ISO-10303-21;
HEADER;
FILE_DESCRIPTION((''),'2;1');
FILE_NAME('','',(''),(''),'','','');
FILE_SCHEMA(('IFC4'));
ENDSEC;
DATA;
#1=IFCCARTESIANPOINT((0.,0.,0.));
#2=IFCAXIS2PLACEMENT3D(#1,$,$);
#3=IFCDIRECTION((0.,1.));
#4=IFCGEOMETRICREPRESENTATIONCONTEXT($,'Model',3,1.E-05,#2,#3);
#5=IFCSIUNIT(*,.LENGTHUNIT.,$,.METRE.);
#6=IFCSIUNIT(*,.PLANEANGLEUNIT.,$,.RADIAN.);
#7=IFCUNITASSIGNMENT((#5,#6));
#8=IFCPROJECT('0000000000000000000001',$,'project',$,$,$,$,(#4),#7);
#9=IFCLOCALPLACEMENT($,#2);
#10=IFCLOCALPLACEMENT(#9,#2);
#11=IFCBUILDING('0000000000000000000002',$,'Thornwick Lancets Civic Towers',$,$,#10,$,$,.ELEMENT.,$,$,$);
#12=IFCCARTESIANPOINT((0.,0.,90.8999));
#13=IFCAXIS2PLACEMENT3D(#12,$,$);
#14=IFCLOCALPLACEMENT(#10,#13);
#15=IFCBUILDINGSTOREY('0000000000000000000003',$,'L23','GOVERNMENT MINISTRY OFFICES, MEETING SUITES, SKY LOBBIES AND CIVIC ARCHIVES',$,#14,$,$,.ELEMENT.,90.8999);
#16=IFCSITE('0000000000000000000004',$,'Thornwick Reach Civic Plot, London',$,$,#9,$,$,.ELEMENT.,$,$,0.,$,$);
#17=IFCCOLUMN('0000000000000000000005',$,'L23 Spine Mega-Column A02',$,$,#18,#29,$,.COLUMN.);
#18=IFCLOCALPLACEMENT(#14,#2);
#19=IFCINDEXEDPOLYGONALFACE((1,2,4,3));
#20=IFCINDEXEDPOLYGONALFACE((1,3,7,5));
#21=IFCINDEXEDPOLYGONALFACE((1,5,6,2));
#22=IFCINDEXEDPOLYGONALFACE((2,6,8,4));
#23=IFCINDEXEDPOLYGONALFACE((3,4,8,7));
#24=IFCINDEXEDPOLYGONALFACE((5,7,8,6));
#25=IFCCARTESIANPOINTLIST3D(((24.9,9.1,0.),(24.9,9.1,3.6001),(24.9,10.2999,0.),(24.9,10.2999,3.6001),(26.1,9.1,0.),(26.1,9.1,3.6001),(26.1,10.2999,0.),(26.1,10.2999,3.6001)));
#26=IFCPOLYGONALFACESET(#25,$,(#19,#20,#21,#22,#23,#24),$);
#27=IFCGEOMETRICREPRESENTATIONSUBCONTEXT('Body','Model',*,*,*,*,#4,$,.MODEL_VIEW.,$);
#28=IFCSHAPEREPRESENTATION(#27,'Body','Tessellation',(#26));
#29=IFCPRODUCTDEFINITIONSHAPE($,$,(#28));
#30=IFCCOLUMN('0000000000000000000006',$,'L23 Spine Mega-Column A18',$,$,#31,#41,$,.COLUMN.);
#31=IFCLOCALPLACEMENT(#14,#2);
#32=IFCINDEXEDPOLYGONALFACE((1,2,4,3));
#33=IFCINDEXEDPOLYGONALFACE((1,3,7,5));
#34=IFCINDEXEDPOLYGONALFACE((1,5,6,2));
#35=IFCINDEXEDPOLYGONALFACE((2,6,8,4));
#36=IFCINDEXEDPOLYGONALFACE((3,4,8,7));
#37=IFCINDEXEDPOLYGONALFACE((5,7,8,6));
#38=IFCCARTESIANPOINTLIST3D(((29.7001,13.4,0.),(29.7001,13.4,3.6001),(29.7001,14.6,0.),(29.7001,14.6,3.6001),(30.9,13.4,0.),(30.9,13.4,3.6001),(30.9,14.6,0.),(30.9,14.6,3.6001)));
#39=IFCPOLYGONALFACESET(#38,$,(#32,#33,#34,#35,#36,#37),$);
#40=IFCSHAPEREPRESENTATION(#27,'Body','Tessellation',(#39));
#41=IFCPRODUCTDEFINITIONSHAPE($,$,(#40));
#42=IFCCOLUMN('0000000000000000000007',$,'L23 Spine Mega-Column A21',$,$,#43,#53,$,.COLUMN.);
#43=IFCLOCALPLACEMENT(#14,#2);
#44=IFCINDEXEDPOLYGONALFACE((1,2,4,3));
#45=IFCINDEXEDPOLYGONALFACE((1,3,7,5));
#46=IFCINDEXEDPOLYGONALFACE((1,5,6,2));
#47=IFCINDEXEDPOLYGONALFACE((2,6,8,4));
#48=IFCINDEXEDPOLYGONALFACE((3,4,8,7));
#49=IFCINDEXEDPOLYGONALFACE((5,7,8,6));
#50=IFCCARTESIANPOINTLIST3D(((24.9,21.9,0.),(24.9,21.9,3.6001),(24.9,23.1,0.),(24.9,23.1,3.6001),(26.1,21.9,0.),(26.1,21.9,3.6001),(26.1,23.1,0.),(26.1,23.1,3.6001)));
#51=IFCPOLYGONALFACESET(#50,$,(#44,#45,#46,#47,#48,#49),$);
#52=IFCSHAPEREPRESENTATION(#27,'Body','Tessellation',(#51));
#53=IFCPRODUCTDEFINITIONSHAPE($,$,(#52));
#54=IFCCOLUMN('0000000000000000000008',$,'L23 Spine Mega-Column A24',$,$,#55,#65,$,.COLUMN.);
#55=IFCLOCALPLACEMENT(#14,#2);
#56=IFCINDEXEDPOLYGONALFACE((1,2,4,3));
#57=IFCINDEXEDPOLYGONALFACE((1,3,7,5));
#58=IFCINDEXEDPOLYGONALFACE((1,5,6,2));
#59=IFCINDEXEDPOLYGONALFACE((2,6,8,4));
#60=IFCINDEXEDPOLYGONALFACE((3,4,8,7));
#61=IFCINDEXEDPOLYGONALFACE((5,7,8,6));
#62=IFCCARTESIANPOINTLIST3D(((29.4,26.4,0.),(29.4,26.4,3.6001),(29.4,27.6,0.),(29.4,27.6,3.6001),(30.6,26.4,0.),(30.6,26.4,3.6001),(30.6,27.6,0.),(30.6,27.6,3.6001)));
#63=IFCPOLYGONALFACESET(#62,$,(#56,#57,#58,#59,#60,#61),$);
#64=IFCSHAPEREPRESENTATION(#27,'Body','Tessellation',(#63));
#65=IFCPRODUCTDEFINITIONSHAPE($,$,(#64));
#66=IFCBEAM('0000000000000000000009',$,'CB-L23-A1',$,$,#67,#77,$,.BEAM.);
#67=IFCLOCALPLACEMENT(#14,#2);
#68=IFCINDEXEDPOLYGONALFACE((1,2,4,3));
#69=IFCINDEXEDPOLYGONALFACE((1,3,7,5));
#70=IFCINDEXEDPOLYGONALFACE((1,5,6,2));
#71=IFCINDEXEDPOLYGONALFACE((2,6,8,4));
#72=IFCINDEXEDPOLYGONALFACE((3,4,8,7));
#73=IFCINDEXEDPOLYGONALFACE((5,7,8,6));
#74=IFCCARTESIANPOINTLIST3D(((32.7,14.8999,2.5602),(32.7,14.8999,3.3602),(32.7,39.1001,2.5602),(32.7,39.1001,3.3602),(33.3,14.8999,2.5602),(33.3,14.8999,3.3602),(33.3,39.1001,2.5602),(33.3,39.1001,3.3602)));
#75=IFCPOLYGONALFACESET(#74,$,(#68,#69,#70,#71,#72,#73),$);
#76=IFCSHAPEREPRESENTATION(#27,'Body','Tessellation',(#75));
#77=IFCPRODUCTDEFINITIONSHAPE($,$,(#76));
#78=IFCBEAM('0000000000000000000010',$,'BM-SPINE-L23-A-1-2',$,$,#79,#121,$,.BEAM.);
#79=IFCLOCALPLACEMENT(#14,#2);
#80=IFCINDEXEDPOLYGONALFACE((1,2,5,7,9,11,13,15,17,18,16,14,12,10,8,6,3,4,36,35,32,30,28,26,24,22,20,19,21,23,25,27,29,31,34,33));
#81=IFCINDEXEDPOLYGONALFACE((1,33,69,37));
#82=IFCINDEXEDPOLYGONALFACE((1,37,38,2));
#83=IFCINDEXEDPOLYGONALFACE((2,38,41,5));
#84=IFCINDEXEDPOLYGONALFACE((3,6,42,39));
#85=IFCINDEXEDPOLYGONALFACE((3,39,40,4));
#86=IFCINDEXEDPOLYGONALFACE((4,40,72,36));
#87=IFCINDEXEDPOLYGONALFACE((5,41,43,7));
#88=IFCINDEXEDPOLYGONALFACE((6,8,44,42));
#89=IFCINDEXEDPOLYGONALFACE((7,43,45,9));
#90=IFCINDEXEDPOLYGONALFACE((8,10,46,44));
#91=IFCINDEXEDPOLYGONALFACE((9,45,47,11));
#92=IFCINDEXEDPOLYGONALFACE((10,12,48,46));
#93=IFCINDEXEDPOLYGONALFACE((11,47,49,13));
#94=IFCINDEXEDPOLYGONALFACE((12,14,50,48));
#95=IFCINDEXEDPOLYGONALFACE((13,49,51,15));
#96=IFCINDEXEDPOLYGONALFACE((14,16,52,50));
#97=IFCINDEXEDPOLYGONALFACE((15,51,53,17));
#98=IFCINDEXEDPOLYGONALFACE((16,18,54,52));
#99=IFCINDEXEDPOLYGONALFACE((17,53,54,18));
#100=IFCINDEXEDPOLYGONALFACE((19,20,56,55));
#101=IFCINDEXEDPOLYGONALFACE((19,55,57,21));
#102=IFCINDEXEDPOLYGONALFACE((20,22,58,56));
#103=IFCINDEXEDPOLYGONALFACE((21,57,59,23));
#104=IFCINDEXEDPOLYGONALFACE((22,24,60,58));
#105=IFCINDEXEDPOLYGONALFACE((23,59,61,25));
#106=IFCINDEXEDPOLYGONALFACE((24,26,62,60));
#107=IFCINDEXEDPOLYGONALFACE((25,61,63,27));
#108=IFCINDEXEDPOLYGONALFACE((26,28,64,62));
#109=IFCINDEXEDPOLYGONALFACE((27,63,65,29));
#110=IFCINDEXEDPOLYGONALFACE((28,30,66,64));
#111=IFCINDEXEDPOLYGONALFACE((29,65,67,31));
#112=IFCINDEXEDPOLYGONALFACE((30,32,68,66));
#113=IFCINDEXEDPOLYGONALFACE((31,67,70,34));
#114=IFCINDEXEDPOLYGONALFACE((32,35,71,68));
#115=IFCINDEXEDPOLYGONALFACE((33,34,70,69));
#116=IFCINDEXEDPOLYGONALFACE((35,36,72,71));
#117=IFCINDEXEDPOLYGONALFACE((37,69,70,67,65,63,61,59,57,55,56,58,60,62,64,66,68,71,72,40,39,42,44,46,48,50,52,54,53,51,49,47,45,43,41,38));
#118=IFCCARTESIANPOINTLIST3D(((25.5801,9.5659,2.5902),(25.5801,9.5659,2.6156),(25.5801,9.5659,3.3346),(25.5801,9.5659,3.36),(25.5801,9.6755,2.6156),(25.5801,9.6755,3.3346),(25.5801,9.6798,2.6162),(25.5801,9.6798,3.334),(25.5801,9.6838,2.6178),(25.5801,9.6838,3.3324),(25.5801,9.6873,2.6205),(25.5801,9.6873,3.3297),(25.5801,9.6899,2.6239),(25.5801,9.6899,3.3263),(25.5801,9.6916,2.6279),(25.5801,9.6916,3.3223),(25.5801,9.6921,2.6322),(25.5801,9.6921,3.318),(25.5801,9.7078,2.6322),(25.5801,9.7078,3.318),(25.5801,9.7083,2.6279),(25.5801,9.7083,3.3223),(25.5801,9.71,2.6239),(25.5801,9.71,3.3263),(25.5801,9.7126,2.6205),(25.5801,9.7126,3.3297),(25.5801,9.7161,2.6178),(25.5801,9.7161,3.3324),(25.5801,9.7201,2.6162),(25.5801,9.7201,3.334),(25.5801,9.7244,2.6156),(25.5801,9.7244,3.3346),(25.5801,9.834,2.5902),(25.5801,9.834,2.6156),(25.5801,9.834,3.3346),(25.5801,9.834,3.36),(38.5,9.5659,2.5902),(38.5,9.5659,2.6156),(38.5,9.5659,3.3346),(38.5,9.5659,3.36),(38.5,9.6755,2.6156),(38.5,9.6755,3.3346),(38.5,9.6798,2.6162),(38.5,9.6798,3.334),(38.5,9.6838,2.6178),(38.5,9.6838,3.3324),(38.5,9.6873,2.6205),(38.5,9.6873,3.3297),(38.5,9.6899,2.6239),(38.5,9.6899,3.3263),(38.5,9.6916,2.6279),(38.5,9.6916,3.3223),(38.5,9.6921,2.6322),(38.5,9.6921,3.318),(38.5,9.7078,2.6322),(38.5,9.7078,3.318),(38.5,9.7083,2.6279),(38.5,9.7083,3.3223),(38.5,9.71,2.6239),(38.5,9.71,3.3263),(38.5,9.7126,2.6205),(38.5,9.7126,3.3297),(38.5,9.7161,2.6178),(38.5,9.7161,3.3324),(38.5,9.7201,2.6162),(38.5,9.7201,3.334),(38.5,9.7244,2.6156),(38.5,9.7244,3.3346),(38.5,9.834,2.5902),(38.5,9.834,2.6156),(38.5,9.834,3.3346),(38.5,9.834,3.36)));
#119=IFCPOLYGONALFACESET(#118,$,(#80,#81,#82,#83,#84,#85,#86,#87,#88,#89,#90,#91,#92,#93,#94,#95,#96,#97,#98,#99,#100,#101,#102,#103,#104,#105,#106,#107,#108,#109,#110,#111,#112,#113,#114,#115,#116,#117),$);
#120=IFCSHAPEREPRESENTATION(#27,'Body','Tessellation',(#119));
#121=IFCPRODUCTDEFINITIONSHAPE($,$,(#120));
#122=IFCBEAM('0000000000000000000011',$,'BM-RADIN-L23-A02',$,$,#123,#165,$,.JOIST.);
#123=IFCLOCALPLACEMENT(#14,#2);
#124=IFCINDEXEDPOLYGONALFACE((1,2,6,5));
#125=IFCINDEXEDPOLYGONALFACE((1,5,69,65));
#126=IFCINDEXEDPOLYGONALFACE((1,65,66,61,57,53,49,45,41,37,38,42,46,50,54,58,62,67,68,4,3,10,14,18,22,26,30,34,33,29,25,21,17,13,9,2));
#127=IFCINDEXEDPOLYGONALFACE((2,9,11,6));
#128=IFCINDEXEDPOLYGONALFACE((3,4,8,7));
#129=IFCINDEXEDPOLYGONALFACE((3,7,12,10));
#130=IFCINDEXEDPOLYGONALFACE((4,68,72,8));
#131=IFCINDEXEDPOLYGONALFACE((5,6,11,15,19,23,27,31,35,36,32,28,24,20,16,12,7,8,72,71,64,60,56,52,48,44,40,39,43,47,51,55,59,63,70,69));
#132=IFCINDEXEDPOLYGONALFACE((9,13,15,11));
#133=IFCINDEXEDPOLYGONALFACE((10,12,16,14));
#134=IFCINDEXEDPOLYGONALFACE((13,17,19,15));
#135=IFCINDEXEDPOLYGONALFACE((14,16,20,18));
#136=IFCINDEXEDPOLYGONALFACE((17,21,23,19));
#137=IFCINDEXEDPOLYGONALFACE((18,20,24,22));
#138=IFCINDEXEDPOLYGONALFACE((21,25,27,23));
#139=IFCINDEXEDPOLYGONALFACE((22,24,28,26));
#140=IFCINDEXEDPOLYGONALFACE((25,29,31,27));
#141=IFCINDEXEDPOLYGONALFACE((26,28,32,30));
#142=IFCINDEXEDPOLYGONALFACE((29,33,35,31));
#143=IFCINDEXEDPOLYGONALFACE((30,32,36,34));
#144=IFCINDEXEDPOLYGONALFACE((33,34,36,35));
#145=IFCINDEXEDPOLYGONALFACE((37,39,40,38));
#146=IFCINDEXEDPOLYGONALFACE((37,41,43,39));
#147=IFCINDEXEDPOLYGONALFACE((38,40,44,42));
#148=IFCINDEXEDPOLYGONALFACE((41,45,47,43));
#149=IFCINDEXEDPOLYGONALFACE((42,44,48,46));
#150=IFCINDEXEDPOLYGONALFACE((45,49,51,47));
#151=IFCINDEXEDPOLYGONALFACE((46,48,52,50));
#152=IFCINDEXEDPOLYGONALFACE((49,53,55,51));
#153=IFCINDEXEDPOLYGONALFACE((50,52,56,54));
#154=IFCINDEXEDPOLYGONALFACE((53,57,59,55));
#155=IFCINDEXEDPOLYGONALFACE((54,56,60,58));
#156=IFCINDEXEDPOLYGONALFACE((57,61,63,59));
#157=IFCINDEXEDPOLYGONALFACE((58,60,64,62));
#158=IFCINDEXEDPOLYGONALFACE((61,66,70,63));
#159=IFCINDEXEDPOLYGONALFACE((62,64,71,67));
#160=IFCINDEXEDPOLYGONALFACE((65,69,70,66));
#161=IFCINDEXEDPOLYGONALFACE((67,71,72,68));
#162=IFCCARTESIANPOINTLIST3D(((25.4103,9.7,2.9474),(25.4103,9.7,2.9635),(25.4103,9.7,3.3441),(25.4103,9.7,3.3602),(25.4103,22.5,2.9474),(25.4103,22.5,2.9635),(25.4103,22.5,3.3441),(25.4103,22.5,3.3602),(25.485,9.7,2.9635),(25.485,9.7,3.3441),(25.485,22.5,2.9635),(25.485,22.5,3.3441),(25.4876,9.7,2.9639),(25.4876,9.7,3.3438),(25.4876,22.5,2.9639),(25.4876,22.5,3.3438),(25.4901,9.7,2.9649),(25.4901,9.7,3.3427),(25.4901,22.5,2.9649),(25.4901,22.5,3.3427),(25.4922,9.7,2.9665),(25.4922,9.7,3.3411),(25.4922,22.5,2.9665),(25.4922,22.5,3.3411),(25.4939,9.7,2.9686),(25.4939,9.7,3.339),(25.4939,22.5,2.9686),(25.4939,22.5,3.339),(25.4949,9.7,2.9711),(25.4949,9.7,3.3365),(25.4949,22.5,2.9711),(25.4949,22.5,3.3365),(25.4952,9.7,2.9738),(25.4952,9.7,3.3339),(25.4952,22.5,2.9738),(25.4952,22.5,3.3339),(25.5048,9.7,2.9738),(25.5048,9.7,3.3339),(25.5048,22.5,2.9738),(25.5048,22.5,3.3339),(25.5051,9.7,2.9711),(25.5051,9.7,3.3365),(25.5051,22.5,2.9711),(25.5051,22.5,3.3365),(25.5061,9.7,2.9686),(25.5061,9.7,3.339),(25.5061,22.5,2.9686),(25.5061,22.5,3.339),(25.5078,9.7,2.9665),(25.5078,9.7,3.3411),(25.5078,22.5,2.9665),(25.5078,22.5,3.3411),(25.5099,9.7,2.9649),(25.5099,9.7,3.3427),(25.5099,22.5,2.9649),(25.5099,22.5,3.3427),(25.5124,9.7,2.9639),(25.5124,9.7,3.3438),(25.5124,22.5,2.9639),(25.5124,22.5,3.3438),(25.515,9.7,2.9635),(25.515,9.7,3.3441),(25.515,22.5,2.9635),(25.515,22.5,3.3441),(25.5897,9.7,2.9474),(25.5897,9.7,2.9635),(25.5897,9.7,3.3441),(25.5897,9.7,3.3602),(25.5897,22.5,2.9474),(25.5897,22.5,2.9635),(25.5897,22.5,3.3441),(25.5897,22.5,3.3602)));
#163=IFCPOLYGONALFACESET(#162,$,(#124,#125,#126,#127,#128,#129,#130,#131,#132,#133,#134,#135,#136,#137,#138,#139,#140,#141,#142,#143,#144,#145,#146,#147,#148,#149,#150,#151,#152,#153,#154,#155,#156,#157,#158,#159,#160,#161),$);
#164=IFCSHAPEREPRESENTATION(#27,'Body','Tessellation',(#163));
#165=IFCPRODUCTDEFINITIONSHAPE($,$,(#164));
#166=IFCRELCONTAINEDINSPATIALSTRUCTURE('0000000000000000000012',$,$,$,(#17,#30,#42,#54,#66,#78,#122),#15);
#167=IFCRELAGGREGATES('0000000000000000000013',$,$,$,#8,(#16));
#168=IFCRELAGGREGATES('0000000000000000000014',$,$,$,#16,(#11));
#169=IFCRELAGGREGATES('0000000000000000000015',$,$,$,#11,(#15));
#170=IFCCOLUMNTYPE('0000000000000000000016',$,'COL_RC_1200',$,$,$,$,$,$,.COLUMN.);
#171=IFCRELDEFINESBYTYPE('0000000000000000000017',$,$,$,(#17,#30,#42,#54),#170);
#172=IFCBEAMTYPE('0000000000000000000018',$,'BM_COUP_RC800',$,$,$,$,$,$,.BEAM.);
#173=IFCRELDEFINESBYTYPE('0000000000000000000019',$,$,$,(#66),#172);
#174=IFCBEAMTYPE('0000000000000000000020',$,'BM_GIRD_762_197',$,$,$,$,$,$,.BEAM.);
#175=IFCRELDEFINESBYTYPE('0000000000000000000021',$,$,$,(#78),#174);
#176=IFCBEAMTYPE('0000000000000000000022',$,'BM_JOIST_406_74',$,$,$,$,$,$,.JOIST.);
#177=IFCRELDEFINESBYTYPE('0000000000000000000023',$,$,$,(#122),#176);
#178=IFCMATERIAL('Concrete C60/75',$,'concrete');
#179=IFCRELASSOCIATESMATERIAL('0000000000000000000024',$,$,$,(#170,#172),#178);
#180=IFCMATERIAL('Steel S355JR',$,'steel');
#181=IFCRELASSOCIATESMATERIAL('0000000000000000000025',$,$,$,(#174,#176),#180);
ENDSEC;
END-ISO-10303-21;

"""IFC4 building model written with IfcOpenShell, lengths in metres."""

from ifc_helpers import new_model, si_unit, direction, frame, origin, origin_2d, place, context, subcontext, project, spatial, rectangle, i_section, extrude, material, material_profile, profile_set, type_object, element, save


model = new_model("IFC4")

# Units and contexts
model_context = context("Model", 3, precision=1e-05, world=origin(), true_north=direction((0.0, 1.0)))
body_context = subcontext(model_context, "Body", "Model", "MODEL_VIEW")
ifc_project = project(units=[si_unit("LENGTHUNIT", "METRE"), si_unit("PLANEANGLEUNIT", "RADIAN")], contexts=[model_context])

# Site, building, storey
site_placement = place(None, origin())
site = spatial("IfcSite", under=ifc_project, at=site_placement, Name="Thornwick Reach Civic Plot, London", CompositionType="ELEMENT", RefElevation=0.0)
building_placement = place(site_placement, origin())
building = spatial("IfcBuilding", under=site, at=building_placement, Name="Thornwick Lancets Civic Towers", CompositionType="ELEMENT")
storey_placement = place(building_placement, frame((0.0, 0.0, 90.8999)))
storey = spatial("IfcBuildingStorey", under=building, at=storey_placement, Name="L23", Description="GOVERNMENT MINISTRY OFFICES, MEETING SUITES, SKY LOBBIES AND CIVIC ARCHIVES", CompositionType="ELEMENT", Elevation=90.8999)

# Columns
ifc_material_1 = material(Name="Concrete C60/75", Category="concrete")
ifc_material_profile_1 = material_profile(ifc_material_1, rectangle(XDim=1.2, YDim=1.2, at=origin_2d()), Name="RC 1200x1200")
ifc_profile_set_1 = profile_set([ifc_material_profile_1], Name="Concrete C60/75")
column_type = type_object("IfcColumnType", Name="COL_RC_1200", PredefinedType="COLUMN", material=ifc_profile_set_1)
for number, where, z_axis, x_axis, name in (
    (1, (25.5, 9.7, 0.0), (0.0, 0.0, 1.0), (1.0, 0.0, 0.0), "L23 Spine Mega-Column A02"),
    (2, (30.3, 14.0, 0.0), (0.0, 0.0, 1.0), (1.0, 0.0, 0.0), "L23 Spine Mega-Column A18"),
    (3, (25.5, 22.5, 0.0), (0.0, 0.0, 1.0), (1.0, 0.0, 0.0), "L23 Spine Mega-Column A21"),
    (4, (30.0, 27.0, 0.0), (0.0, 0.0, 1.0), (1.0, 0.0, 0.0), "L23 Spine Mega-Column A24"),
):
    element("IfcColumn", number, at=place(storey_placement, frame(where, z_axis=z_axis, x_axis=x_axis)), inside=storey, type_object=column_type, Name=name, PredefinedType="COLUMN", context=body_context, shape_type="SweptSolid", body=[
        extrude(rectangle(XDim=1.2, YDim=1.2, at=origin_2d()), origin(), (0.0, 0.0, 1.0), 3.6001),
    ])

# Beams
ifc_material_profile_2 = material_profile(ifc_material_1, rectangle(XDim=0.6001, YDim=0.8, at=origin_2d()), Name="RC 600x800")
ifc_profile_set_2 = profile_set([ifc_material_profile_2], Name="Concrete C60/75")
beam_type_1 = type_object("IfcBeamType", Name="BM_COUP_RC800", PredefinedType="BEAM", material=ifc_profile_set_2)
beam_1_placement = place(storey_placement, frame((33.0, 14.8999, 2.9602), z_axis=(0.0, 1.0, 0.0), x_axis=(-1.0, 0.0, 0.0)))
element("IfcBeam", 5, at=beam_1_placement, inside=storey, type_object=beam_type_1, Name="CB-L23-A1", PredefinedType="BEAM", context=body_context, shape_type="SweptSolid", body=[
    extrude(rectangle(XDim=0.6001, YDim=0.8, at=origin_2d()), origin(), (0.0, 0.0, 1.0), 24.2002),
])
ifc_material_2 = material(Name="Steel S355JR", Category="steel")
ifc_material_profile_3 = material_profile(ifc_material_2, i_section(OverallWidth=0.2681, OverallDepth=0.7698, WebThickness=0.0156, FlangeThickness=0.0254, FilletRadius=0.0166, at=origin_2d()), Name="UKB 762x267x197")
ifc_profile_set_3 = profile_set([ifc_material_profile_3], Name="Steel S355JR")
beam_type_2 = type_object("IfcBeamType", Name="BM_GIRD_762_197", PredefinedType="BEAM", material=ifc_profile_set_3)
beam_2_placement = place(storey_placement, frame((25.5801, 9.7, 2.9751), z_axis=(1.0, 0.0, 0.0), x_axis=(0.0, 1.0, 0.0)))
element("IfcBeam", 6, at=beam_2_placement, inside=storey, type_object=beam_type_2, Name="BM-SPINE-L23-A-1-2", PredefinedType="BEAM", context=body_context, shape_type="SweptSolid", body=[
    extrude(i_section(OverallWidth=0.2681, OverallDepth=0.7698, WebThickness=0.0156, FlangeThickness=0.0254, FilletRadius=0.0166, at=origin_2d()), origin(), (0.0, 0.0, 1.0), 12.9199),
])
ifc_material_profile_4 = material_profile(ifc_material_2, i_section(OverallWidth=0.1794, OverallDepth=0.4128, WebThickness=0.0095, FlangeThickness=0.0161, FilletRadius=0.0103, at=origin_2d()), Name="UKB 406x178x74")
ifc_profile_set_4 = profile_set([ifc_material_profile_4], Name="Steel S355JR")
beam_type_3 = type_object("IfcBeamType", Name="BM_JOIST_406_74", PredefinedType="JOIST", material=ifc_profile_set_4)
beam_3_placement = place(storey_placement, frame((25.5, 22.5, 3.1538), z_axis=(0.0, -1.0, 0.0), x_axis=(1.0, 0.0, 0.0)))
element("IfcBeam", 7, at=beam_3_placement, inside=storey, type_object=beam_type_3, Name="BM-RADIN-L23-A02", PredefinedType="JOIST", context=body_context, shape_type="SweptSolid", body=[
    extrude(i_section(OverallWidth=0.1794, OverallDepth=0.4128, WebThickness=0.0095, FlangeThickness=0.0161, FilletRadius=0.0103, at=origin_2d()), origin(), (0.0, 0.0, 1.0), 12.8),
])

save(model, "model.ifc")
